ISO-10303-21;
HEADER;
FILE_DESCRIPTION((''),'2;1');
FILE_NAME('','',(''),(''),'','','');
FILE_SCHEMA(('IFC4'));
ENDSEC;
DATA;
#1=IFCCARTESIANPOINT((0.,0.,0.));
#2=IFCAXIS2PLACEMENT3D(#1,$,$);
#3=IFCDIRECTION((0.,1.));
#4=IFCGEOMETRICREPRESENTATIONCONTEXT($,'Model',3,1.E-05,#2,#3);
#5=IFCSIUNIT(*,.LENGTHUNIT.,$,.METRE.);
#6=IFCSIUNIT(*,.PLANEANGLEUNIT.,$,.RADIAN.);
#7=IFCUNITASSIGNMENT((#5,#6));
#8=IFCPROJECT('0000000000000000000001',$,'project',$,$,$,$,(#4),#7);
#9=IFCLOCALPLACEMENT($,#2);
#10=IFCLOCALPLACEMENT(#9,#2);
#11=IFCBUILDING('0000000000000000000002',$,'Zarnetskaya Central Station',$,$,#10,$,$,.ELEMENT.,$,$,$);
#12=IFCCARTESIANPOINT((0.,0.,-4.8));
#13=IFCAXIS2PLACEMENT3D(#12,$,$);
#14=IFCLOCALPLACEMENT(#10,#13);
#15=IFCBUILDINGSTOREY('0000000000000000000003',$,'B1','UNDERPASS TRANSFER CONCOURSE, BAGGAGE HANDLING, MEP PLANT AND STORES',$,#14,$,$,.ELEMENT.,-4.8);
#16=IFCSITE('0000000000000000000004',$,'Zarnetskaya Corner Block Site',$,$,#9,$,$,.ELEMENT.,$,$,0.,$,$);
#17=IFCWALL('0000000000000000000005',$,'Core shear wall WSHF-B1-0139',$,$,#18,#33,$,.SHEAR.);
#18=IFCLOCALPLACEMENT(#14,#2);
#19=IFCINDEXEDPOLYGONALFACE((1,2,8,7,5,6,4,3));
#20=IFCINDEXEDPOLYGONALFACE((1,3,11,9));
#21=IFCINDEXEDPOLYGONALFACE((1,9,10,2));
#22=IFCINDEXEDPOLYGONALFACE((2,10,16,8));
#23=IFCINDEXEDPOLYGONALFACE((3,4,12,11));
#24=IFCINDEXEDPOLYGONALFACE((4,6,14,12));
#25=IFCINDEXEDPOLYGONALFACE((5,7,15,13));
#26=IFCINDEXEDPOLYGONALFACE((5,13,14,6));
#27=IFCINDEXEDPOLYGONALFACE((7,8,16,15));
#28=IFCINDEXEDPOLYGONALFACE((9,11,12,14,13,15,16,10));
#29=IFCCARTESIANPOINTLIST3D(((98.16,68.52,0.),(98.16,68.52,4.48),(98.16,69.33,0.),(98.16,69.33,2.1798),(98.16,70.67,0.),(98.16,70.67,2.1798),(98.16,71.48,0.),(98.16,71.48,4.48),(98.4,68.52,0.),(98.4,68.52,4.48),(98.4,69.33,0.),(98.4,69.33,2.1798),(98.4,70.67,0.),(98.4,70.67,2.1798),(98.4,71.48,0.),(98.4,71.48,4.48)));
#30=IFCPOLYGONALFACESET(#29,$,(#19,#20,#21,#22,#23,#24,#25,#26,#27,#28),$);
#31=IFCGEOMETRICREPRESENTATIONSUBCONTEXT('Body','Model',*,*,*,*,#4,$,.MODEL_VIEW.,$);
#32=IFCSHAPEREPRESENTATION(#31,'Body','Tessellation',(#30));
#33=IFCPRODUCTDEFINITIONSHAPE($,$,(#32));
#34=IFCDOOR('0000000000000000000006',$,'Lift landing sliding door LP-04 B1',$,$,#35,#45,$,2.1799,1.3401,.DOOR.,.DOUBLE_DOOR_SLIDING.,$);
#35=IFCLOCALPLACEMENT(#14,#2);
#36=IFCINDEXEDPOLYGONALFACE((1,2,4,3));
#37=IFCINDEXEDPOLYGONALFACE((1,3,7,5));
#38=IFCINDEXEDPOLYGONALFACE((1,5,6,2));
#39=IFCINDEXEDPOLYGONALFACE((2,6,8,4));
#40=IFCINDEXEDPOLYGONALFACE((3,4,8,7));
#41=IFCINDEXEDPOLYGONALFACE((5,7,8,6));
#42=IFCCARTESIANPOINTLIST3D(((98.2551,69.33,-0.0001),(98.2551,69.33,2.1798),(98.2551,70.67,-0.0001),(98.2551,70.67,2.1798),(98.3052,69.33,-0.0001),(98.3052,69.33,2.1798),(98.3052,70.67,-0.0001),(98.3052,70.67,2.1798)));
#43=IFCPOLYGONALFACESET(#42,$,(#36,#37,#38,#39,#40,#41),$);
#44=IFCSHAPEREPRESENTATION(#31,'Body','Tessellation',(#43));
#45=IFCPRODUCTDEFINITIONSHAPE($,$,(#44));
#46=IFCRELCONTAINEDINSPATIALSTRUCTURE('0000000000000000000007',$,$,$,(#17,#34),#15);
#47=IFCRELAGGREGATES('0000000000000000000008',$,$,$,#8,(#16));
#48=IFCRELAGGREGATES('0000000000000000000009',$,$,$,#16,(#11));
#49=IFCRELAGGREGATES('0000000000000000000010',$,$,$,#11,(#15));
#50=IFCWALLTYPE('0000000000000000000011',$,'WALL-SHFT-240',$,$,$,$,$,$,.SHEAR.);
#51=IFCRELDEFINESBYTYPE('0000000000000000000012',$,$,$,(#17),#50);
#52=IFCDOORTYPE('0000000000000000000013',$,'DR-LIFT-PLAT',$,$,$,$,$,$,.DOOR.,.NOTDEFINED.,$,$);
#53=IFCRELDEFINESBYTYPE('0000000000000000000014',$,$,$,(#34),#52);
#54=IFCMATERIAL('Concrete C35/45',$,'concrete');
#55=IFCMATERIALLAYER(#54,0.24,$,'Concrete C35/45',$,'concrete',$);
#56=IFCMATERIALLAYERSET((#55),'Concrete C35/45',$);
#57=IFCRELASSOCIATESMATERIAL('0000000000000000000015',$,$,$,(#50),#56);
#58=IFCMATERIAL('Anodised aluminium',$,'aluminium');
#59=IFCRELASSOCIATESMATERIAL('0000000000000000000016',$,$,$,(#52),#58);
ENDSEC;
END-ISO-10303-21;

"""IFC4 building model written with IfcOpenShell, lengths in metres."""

from ifc_helpers import new_model, si_unit, direction, frame, frame_2d, origin, place, context, subcontext, project, spatial, rectangle, extrude, material, layer, layer_set, type_object, element, fill, save


model = new_model("IFC4")

# Units and contexts
model_context = context("Model", 3, precision=1e-05, world=origin(), true_north=direction((0.0, 1.0)))
body_context = subcontext(model_context, "Body", "Model", "MODEL_VIEW")
ifc_project = project(units=[si_unit("LENGTHUNIT", "METRE"), si_unit("PLANEANGLEUNIT", "RADIAN")], contexts=[model_context])

# Site, building, storey
site_placement = place(None, origin())
site = spatial("IfcSite", under=ifc_project, at=site_placement, Name="Zarnetskaya Corner Block Site", CompositionType="ELEMENT", RefElevation=0.0)
building_placement = place(site_placement, origin())
building = spatial("IfcBuilding", under=site, at=building_placement, Name="Zarnetskaya Central Station", CompositionType="ELEMENT")
storey_placement = place(building_placement, frame((0.0, 0.0, -4.8)))
storey = spatial("IfcBuildingStorey", under=building, at=storey_placement, Name="B1", Description="UNDERPASS TRANSFER CONCOURSE, BAGGAGE HANDLING, MEP PLANT AND STORES", CompositionType="ELEMENT", Elevation=-4.8)

# Shared definitions
ifc_material_1 = material(Name="Concrete C35/45", Category="concrete")

# Shared definitions
ifc_layer = layer(ifc_material_1, 0.24, Name="Concrete C35/45", Category="concrete")
ifc_layer_set = layer_set([ifc_layer], Name="Concrete C35/45")
wall_type = type_object("IfcWallType", Name="WALL-SHFT-240", PredefinedType="SHEAR", material=ifc_layer_set)

# Wall, opening, door
wall_1_placement = place(storey_placement, frame((98.28, 68.52, 0.0), z_axis=(0.0, 0.0, 1.0), x_axis=(0.0, 1.0, 0.0)))
wall_1 = element("IfcWall", 1, at=wall_1_placement, inside=storey, type_object=wall_type, Name="Core shear wall WSHF-B1-0139", PredefinedType="SHEAR", context=body_context, shape_type="SweptSolid", body=[
    extrude(rectangle(XDim=2.96, YDim=0.24, at=frame_2d((1.48, 0.0))), origin(), (0.0, 0.0, 1.0), 4.48),
])
opening_placement = place(wall_1_placement, frame((0.8101, 0.0, 0.0)))
opening = element("IfcOpeningElement", 2, at=opening_placement, cuts=wall_1, PredefinedType="OPENING", context=body_context, shape_type="SweptSolid", body=[
    extrude(rectangle(XDim=1.3401, YDim=2.1799, at=frame_2d((0.6699, 1.0898))), frame((0.0, 0.1299, 0.0), z_axis=(0.0, -1.0, 0.0), x_axis=(1.0, 0.0, 0.0)), (0.0, 0.0, 1.0), 0.26),
])
ifc_material_2 = material(Name="Anodised aluminium", Category="aluminium")
door_type = type_object("IfcDoorType", Name="DR-LIFT-PLAT", OperationType="NOTDEFINED", PredefinedType="DOOR", material=ifc_material_2)
door_placement = place(opening_placement, origin())
door = element("IfcDoor", 3, at=door_placement, inside=storey, type_object=door_type, Name="Lift landing sliding door LP-04 B1", OperationType="DOUBLE_DOOR_SLIDING", OverallHeight=2.1799, OverallWidth=1.3401, PredefinedType="DOOR", context=body_context, shape_type="SweptSolid", body=[
    extrude(rectangle(XDim=1.3401, YDim=2.1799, at=frame_2d((0.6699, 1.0898))), frame((0.0, 0.0249, 0.0), z_axis=(0.0, -1.0, 0.0), x_axis=(1.0, 0.0, 0.0)), (0.0, 0.0, 1.0), 0.05),
])
fill(opening, door)

save(model, "model.ifc")
